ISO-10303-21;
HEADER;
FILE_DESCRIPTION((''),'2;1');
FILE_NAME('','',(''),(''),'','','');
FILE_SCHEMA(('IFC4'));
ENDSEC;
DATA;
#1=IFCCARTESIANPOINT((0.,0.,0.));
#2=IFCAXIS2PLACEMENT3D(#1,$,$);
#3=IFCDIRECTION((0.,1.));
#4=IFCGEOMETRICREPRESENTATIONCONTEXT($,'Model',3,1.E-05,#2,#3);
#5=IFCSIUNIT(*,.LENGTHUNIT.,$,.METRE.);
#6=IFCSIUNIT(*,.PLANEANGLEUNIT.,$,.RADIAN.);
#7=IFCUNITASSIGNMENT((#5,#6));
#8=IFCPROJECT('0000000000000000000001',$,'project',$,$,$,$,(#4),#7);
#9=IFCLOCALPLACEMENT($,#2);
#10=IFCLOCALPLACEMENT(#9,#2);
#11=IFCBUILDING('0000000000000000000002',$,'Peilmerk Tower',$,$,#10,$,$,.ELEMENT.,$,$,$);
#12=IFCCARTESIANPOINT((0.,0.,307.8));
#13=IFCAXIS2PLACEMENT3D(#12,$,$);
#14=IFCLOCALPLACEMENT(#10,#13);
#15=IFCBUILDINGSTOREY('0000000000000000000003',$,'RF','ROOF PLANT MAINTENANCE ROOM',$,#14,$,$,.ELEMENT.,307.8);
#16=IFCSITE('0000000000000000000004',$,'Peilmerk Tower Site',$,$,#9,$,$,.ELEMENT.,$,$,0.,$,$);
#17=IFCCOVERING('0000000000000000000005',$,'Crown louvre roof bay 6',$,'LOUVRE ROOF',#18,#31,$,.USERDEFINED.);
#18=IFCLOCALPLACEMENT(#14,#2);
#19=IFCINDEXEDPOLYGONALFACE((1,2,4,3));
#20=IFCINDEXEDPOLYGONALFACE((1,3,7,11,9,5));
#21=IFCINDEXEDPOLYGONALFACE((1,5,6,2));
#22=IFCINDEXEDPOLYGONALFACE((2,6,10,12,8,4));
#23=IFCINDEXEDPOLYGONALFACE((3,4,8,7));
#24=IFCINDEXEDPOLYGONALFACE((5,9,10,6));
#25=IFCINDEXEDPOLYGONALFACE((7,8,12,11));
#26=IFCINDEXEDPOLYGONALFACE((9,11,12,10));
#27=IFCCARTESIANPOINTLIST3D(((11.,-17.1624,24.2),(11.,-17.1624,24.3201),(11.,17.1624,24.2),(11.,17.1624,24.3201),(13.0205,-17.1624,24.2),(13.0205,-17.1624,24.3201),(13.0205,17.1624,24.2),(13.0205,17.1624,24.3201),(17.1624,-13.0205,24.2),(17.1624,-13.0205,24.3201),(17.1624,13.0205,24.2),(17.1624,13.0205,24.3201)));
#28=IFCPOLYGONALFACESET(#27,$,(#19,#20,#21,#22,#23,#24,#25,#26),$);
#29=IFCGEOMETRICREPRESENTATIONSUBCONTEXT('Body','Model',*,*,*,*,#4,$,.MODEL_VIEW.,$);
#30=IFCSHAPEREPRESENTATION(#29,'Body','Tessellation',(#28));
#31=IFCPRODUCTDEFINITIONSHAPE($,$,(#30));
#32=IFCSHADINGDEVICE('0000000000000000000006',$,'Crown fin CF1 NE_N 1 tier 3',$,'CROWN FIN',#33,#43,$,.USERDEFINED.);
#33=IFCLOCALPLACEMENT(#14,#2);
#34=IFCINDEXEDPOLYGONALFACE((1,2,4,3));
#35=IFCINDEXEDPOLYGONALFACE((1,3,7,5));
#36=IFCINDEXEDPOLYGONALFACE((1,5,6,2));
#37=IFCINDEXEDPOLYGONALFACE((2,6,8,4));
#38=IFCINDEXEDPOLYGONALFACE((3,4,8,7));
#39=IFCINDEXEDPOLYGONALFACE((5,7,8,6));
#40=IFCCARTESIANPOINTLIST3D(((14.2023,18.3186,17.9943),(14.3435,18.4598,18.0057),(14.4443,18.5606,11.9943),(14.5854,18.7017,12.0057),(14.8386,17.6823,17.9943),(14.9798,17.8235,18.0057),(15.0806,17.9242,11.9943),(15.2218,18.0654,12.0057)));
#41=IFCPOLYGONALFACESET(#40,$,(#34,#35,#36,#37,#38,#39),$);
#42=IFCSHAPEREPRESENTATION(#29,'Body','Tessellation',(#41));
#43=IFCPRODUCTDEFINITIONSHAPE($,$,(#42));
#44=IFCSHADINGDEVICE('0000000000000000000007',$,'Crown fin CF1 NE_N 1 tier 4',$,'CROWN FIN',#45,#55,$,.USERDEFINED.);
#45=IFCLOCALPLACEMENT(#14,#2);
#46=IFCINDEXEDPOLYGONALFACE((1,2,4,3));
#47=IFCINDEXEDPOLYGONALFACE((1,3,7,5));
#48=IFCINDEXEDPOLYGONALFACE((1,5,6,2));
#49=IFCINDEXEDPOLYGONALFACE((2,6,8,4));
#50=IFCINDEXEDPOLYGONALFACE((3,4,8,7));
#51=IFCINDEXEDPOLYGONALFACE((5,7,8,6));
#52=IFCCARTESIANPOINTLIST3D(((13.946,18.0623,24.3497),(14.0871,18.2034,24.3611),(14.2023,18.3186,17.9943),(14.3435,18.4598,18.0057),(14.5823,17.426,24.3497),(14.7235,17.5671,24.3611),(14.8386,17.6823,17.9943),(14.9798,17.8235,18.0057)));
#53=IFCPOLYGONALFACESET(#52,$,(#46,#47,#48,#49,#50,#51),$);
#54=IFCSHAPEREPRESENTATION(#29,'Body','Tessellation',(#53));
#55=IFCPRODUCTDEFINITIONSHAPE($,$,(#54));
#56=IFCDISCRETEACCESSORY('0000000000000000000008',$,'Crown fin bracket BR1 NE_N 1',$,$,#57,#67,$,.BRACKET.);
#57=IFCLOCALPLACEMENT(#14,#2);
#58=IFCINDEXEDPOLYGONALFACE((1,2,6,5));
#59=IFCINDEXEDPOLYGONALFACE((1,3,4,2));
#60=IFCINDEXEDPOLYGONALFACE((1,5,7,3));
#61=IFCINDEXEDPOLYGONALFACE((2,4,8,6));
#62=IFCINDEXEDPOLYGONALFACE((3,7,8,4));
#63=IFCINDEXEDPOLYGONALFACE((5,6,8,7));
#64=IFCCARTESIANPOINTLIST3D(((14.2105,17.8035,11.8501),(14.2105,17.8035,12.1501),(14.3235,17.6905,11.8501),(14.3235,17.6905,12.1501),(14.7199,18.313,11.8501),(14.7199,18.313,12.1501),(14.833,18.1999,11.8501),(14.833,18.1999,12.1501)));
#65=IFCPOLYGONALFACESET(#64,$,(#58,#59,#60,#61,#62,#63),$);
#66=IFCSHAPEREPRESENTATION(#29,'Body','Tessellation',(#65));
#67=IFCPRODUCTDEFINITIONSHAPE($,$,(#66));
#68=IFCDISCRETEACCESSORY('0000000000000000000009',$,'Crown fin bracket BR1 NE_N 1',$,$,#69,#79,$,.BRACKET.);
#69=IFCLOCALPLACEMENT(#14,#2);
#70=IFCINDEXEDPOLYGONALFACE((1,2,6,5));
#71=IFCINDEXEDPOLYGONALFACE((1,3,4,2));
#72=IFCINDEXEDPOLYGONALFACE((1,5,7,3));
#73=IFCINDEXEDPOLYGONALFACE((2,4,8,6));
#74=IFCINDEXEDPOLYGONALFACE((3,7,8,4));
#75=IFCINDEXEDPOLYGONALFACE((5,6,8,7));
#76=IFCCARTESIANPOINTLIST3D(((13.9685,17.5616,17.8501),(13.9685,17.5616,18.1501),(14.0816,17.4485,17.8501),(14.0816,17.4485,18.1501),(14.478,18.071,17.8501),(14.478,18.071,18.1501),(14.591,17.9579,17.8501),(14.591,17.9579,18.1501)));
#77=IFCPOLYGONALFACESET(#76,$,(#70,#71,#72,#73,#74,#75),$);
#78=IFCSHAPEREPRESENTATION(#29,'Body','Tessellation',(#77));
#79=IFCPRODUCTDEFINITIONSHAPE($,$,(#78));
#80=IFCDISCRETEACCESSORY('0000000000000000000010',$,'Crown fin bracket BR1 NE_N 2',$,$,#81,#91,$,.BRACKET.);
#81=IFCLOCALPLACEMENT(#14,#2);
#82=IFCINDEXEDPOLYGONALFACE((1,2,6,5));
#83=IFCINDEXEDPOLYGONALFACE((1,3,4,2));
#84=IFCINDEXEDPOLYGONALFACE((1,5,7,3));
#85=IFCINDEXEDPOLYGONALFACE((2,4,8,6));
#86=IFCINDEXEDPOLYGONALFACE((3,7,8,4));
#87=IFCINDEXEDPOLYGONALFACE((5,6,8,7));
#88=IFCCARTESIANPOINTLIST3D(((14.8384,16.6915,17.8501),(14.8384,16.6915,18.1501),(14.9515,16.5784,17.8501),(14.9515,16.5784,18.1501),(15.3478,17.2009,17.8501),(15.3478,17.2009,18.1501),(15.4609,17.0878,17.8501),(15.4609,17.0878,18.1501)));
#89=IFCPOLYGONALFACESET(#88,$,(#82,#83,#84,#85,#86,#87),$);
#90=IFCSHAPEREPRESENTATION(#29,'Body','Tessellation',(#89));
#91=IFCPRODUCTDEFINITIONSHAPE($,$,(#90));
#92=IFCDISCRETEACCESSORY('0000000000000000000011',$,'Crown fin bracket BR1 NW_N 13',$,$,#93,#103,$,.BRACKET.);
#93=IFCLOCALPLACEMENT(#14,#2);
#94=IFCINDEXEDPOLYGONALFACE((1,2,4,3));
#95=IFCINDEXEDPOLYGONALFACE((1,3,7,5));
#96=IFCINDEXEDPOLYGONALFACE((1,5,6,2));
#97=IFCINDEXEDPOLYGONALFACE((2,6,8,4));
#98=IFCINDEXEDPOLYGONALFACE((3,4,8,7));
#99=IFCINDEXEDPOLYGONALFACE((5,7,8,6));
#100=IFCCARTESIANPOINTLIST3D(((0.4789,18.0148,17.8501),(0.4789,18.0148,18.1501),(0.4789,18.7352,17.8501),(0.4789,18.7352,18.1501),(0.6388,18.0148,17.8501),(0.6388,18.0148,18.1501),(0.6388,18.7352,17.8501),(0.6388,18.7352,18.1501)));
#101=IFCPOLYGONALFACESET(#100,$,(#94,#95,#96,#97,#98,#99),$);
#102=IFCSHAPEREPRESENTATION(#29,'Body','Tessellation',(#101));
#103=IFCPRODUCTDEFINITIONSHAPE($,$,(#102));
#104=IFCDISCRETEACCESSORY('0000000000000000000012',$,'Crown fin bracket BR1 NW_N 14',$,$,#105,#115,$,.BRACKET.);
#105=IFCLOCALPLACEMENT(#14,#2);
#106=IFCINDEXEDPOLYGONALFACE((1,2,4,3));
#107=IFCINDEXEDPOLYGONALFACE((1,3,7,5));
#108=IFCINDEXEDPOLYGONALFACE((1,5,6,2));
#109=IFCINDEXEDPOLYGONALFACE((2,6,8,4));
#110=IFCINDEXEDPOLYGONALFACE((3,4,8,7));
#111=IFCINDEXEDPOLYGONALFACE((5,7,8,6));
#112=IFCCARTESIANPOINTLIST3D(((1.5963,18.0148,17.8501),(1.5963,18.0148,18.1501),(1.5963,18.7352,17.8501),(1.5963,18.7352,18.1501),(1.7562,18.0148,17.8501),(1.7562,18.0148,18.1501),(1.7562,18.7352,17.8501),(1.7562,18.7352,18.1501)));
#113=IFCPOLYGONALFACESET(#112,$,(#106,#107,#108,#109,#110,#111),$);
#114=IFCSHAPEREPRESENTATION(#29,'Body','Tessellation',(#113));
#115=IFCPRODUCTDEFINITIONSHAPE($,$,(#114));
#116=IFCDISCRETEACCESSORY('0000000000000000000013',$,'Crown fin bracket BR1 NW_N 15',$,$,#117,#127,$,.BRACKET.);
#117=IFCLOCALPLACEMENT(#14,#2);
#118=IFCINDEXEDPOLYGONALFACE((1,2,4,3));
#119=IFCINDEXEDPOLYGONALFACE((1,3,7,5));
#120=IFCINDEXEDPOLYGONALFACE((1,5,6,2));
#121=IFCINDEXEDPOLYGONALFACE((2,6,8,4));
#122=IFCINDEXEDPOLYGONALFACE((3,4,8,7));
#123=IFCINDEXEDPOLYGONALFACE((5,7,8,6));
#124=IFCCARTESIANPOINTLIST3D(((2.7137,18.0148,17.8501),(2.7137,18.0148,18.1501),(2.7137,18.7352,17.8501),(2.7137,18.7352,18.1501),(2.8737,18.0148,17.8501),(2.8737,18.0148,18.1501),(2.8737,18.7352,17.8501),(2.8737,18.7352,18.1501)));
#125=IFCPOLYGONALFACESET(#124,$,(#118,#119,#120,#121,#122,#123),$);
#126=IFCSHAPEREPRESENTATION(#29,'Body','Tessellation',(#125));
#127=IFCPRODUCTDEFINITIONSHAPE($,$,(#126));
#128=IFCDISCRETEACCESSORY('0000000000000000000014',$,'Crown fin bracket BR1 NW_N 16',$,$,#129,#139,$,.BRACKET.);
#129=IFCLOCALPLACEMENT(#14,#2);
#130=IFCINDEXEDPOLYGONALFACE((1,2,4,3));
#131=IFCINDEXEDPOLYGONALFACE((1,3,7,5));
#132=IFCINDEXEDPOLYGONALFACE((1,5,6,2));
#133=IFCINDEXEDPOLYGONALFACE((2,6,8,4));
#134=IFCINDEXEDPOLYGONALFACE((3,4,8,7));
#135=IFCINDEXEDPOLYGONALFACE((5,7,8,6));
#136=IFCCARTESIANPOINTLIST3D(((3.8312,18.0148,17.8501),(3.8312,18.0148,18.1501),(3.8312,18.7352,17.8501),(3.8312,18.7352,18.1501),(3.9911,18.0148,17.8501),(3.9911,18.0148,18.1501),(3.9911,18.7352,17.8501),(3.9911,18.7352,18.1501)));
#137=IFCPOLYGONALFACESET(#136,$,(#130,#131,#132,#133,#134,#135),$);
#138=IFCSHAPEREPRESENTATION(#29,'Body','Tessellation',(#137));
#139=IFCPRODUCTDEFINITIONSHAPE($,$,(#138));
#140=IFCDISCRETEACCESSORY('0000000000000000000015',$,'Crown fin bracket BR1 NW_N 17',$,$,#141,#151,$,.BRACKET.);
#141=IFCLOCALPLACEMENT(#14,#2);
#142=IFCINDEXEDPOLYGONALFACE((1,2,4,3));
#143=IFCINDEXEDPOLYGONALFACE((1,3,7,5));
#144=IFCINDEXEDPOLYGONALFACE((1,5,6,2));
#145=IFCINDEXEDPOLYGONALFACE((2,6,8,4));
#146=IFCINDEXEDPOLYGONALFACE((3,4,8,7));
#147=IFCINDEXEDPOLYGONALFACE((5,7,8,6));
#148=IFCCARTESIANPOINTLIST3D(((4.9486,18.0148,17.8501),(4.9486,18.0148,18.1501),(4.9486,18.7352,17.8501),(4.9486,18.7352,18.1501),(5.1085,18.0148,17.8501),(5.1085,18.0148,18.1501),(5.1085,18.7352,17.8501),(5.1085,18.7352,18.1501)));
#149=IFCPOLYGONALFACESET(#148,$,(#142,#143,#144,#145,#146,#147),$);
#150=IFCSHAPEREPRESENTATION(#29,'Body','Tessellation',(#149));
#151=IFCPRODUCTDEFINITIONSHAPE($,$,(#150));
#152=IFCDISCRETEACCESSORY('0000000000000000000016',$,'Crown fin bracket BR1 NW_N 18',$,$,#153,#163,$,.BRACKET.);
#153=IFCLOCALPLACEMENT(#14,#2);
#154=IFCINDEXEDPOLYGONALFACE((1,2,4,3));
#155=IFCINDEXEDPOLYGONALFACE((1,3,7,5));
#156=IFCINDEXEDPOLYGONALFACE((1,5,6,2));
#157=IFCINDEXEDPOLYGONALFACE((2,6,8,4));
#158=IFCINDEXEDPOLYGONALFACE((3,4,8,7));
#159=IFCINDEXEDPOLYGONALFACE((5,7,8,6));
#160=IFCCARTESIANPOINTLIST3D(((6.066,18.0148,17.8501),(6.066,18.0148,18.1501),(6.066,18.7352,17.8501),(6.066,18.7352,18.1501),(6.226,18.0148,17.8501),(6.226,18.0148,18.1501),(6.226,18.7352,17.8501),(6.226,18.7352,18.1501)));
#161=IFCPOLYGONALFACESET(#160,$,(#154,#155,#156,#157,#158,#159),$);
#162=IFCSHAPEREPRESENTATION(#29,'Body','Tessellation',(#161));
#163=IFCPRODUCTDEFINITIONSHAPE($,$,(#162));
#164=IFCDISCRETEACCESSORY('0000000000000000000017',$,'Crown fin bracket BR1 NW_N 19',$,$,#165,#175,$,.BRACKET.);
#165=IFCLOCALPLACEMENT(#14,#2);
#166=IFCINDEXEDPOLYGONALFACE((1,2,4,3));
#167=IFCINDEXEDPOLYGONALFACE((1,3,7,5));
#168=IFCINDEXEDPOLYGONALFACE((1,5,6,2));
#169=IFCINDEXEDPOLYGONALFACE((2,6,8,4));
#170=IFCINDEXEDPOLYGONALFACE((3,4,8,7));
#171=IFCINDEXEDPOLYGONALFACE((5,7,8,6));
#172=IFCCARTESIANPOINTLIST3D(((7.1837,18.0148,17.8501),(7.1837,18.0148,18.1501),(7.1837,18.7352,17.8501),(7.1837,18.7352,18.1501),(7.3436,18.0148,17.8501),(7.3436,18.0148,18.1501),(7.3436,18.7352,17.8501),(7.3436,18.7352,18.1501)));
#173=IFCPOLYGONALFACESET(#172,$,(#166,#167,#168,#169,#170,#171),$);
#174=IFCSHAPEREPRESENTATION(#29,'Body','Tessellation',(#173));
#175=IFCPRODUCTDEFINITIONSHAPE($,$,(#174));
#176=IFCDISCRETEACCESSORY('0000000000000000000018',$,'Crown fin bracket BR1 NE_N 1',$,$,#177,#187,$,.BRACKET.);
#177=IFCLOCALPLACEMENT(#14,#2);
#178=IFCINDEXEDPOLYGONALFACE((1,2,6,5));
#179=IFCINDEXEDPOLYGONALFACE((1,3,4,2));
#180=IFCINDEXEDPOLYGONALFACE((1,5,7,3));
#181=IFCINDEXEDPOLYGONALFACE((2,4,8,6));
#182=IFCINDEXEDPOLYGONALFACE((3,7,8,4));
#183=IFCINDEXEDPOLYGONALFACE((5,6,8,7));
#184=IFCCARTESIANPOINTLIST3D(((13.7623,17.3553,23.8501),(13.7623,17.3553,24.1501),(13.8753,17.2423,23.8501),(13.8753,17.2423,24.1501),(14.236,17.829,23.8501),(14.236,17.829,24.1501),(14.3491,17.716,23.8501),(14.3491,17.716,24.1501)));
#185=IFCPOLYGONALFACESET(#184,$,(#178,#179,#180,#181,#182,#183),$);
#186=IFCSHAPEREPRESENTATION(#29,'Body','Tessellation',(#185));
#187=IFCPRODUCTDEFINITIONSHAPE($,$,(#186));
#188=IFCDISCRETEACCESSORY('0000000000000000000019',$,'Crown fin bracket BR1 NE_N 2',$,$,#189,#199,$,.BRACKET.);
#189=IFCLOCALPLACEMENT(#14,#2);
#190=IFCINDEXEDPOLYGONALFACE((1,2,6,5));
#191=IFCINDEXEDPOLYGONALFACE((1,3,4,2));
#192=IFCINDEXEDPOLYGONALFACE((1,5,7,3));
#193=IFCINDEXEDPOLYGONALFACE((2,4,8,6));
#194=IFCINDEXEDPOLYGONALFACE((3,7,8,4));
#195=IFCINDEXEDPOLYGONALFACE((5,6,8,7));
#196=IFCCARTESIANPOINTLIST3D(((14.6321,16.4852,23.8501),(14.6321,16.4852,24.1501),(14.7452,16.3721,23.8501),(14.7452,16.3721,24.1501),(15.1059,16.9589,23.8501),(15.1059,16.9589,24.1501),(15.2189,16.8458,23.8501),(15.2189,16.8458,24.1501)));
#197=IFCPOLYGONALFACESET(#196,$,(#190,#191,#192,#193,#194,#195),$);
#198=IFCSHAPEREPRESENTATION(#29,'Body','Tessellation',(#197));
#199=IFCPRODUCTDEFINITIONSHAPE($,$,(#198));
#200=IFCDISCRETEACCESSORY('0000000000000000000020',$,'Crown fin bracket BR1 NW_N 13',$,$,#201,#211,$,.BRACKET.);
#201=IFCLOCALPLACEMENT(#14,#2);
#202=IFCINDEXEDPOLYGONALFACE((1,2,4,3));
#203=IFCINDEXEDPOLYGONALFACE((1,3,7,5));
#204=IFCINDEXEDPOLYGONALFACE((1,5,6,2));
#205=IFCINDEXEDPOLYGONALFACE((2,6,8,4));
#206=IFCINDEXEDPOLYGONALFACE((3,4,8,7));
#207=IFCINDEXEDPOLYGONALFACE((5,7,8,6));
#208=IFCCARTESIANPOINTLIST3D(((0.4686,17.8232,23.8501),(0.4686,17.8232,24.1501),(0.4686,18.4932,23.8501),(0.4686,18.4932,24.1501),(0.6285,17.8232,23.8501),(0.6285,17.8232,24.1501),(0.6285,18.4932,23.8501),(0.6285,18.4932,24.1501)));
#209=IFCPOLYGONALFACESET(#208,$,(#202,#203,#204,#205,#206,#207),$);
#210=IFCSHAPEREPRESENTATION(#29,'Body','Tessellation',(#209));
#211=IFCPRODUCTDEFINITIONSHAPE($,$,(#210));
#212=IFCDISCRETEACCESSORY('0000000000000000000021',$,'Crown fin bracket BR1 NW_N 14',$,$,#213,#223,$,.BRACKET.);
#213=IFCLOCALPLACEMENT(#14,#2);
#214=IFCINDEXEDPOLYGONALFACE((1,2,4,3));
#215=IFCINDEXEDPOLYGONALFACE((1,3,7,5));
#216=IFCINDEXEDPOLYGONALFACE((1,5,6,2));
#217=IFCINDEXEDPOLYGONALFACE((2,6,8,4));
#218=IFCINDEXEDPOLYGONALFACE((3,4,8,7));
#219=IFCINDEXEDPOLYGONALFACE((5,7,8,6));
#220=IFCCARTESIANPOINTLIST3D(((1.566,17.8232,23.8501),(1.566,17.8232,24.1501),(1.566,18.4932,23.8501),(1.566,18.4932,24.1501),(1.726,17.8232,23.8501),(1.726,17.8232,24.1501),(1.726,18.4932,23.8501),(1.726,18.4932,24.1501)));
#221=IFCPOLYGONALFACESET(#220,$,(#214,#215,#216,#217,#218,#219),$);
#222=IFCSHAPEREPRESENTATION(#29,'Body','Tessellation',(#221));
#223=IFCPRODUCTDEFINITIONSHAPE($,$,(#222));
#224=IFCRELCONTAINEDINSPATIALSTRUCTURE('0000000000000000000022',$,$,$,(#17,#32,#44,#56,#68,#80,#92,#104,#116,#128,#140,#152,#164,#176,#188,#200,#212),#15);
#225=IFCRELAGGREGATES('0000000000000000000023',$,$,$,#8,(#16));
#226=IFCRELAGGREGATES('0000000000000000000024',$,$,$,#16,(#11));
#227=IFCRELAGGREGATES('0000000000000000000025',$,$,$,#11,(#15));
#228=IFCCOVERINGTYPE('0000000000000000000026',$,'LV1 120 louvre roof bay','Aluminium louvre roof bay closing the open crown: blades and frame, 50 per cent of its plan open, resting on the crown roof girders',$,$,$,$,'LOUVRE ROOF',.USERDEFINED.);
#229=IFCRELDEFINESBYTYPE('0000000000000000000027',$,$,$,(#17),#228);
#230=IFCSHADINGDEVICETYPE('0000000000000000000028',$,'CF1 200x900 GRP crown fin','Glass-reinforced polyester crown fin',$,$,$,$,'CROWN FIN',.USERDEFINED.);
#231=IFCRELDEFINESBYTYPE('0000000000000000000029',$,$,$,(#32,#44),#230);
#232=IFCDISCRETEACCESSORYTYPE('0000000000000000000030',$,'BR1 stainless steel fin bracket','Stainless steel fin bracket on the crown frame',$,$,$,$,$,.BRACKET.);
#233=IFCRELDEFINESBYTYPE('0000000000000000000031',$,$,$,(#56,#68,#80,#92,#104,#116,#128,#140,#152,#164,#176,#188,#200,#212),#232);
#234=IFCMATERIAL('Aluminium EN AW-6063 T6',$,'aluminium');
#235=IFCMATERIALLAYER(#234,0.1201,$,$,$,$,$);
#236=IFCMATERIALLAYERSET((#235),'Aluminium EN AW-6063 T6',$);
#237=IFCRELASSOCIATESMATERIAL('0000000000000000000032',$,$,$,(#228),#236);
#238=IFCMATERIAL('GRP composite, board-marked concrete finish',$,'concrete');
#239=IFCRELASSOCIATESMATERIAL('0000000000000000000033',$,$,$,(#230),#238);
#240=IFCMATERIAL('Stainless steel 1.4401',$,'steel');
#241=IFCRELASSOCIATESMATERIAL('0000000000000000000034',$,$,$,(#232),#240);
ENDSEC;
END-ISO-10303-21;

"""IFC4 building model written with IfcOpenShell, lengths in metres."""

from ifc_helpers import new_model, si_unit, direction, frame, origin, origin_2d, place, context, subcontext, project, spatial, polyline, rectangle, outline, extrude, source, transform, mapped, material, layer, layer_set, material_profile, profile_set, type_object, element, save


model = new_model("IFC4")

# Units and contexts
model_context = context("Model", 3, precision=1e-05, world=origin(), true_north=direction((0.0, 1.0)))
body_context = subcontext(model_context, "Body", "Model", "MODEL_VIEW")
ifc_project = project(units=[si_unit("LENGTHUNIT", "METRE"), si_unit("PLANEANGLEUNIT", "RADIAN")], contexts=[model_context])

# Site, building, storey
site_placement = place(None, origin())
site = spatial("IfcSite", under=ifc_project, at=site_placement, Name="Peilmerk Tower Site", CompositionType="ELEMENT", RefElevation=0.0)
building_placement = place(site_placement, origin())
building = spatial("IfcBuilding", under=site, at=building_placement, Name="Peilmerk Tower", CompositionType="ELEMENT")
storey_placement = place(building_placement, frame((0.0, 0.0, 307.8)))
storey = spatial("IfcBuildingStorey", under=building, at=storey_placement, Name="RF", Description="ROOF PLANT MAINTENANCE ROOM", CompositionType="ELEMENT", Elevation=307.8)

# Covering
ifc_material_1 = material(Name="Aluminium EN AW-6063 T6", Category="aluminium")
ifc_layer = layer(ifc_material_1, 0.1201)
ifc_layer_set = layer_set([ifc_layer], Name="Aluminium EN AW-6063 T6")
covering_type = type_object("IfcCoveringType", Name="LV1 120 louvre roof bay", Description="Aluminium louvre roof bay closing the open crown: blades and frame, 50 per cent of its plan open, resting on the crown roof girders", ElementType="LOUVRE ROOF", PredefinedType="USERDEFINED", material=ifc_layer_set)
covering_1_placement = place(storey_placement, frame((0.0, 0.0, 24.2)))
element("IfcCovering", 1, at=covering_1_placement, inside=storey, type_object=covering_type, Name="Crown louvre roof bay 6", ObjectType="LOUVRE ROOF", PredefinedType="USERDEFINED", context=body_context, shape_type="SweptSolid", body=[
    extrude(outline(polyline([(17.1624, 13.0205), (13.0205, 17.1624), (11.0, 17.1624), (11.0, -17.1624), (13.0205, -17.1624), (17.1624, -13.0205), (17.1624, 13.0205)])), origin(), (0.0, 0.0, 1.0), 0.1201),
])

# Shading devices
ifc_material_2 = material(Name="GRP composite, board-marked concrete finish", Category="concrete")
ifc_material_profile_1 = material_profile(ifc_material_2, rectangle(XDim=0.2, YDim=0.8999, at=origin_2d()), Name="CF1 200x900")
ifc_profile_set_1 = profile_set([ifc_material_profile_1], Name="GRP composite, board-marked concrete finish")
shading_device_type = type_object("IfcShadingDeviceType", Name="CF1 200x900 GRP crown fin", Description="Glass-reinforced polyester crown fin", ElementType="CROWN FIN", PredefinedType="USERDEFINED", material=ifc_profile_set_1)
shared_shape_1 = source(origin(), body_context, "Body", "SweptSolid", [
    extrude(rectangle(XDim=0.2, YDim=0.8999, at=origin_2d()), origin(), (0.0, 0.0, 1.0), 6.0098),
])
shading_device_1_placement = place(storey_placement, frame((14.833, 18.313, 12.0), z_axis=(-0.040258, -0.040258, 0.998378), x_axis=(0.70596, 0.70596, 0.056934)))
element("IfcShadingDevice", 2, at=shading_device_1_placement, inside=storey, type_object=shading_device_type, Name="Crown fin CF1 NE_N 1 tier 3", ObjectType="CROWN FIN", PredefinedType="USERDEFINED", context=body_context, shape_type="MappedRepresentation", body=[
    mapped(shared_shape_1, transform((0.0, 0.0, 0.0), scale=1.0)),
])
shared_shape_2 = source(origin(), body_context, "Body", "SweptSolid", [
    extrude(rectangle(XDim=0.2, YDim=0.8999, at=origin_2d()), origin(), (0.0, 0.0, 1.0), 6.3657),
])
shading_device_2_placement = place(storey_placement, frame((14.5911, 18.071, 18.0), z_axis=(-0.04027, -0.04027, 0.998377), x_axis=(0.705959, 0.705959, 0.05695)))
element("IfcShadingDevice", 3, at=shading_device_2_placement, inside=storey, type_object=shading_device_type, Name="Crown fin CF1 NE_N 1 tier 4", ObjectType="CROWN FIN", PredefinedType="USERDEFINED", context=body_context, shape_type="MappedRepresentation", body=[
    mapped(shared_shape_2, transform((0.0, 0.0, 0.0), scale=1.0)),
])

# Discrete accessories
ifc_material_3 = material(Name="Stainless steel 1.4401", Category="steel")
discrete_accessory_type = type_object("IfcDiscreteAccessoryType", Name="BR1 stainless steel fin bracket", Description="Stainless steel fin bracket on the crown frame", PredefinedType="BRACKET", material=ifc_material_3)
shared_shape_3 = source(origin(), body_context, "Body", "SweptSolid", [
    extrude(rectangle(XDim=0.7205, YDim=0.1599, at=origin_2d()), origin(), (0.0, 0.0, 1.0), 0.3),
])
for number, where, z_axis, x_axis, name in (
    (4, (14.5217, 18.0017, 11.8501), (0.0, 0.0, 1.0), (0.707107, 0.707107, 0.0), "Crown fin bracket BR1 NE_N 1"),
    (5, (14.2798, 17.7598, 17.8501), (0.0, 0.0, 1.0), (0.707107, 0.707107, 0.0), "Crown fin bracket BR1 NE_N 1"),
    (6, (15.1497, 16.8896, 17.8501), (0.0, 0.0, 1.0), (0.707107, 0.707107, 0.0), "Crown fin bracket BR1 NE_N 2"),
    (7, (0.5588, 18.375, 17.8501), (0.0, 0.0, 1.0), (0.0, 1.0, 0.0), "Crown fin bracket BR1 NW_N 13"),
    (8, (1.6763, 18.375, 17.8501), (0.0, 0.0, 1.0), (0.0, 1.0, 0.0), "Crown fin bracket BR1 NW_N 14"),
    (9, (2.7937, 18.375, 17.8501), (0.0, 0.0, 1.0), (0.0, 1.0, 0.0), "Crown fin bracket BR1 NW_N 15"),
    (10, (3.9111, 18.375, 17.8501), (0.0, 0.0, 1.0), (0.0, 1.0, 0.0), "Crown fin bracket BR1 NW_N 16"),
    (11, (5.0286, 18.375, 17.8501), (0.0, 0.0, 1.0), (0.0, 1.0, 0.0), "Crown fin bracket BR1 NW_N 17"),
    (12, (6.146, 18.375, 17.8501), (0.0, 0.0, 1.0), (0.0, 1.0, 0.0), "Crown fin bracket BR1 NW_N 18"),
    (13, (7.2637, 18.375, 17.8501), (0.0, 0.0, 1.0), (0.0, 1.0, 0.0), "Crown fin bracket BR1 NW_N 19"),
):
    element("IfcDiscreteAccessory", number, at=place(storey_placement, frame(where, z_axis=z_axis, x_axis=x_axis)), inside=storey, type_object=discrete_accessory_type, Name=name, PredefinedType="BRACKET", context=body_context, shape_type="MappedRepresentation", body=[
        mapped(shared_shape_3, transform((0.0, 0.0, 0.0), scale=1.0)),
    ])
shared_shape_4 = source(origin(), body_context, "Body", "SweptSolid", [
    extrude(rectangle(XDim=0.6699, YDim=0.1599, at=origin_2d()), origin(), (0.0, 0.0, 1.0), 0.3),
])
for number, where, z_axis, x_axis, name in (
    (14, (14.0557, 17.5356, 23.8501), (0.0, 0.0, 1.0), (0.707107, 0.707107, 0.0), "Crown fin bracket BR1 NE_N 1"),
    (15, (14.9255, 16.6655, 23.8501), (0.0, 0.0, 1.0), (0.707107, 0.707107, 0.0), "Crown fin bracket BR1 NE_N 2"),
    (16, (0.5486, 18.1582, 23.8501), (0.0, 0.0, 1.0), (0.0, 1.0, 0.0), "Crown fin bracket BR1 NW_N 13"),
    (17, (1.646, 18.1582, 23.8501), (0.0, 0.0, 1.0), (0.0, 1.0, 0.0), "Crown fin bracket BR1 NW_N 14"),
):
    element("IfcDiscreteAccessory", number, at=place(storey_placement, frame(where, z_axis=z_axis, x_axis=x_axis)), inside=storey, type_object=discrete_accessory_type, Name=name, PredefinedType="BRACKET", context=body_context, shape_type="MappedRepresentation", body=[
        mapped(shared_shape_4, transform((0.0, 0.0, 0.0), scale=1.0)),
    ])

save(model, "model.ifc")
